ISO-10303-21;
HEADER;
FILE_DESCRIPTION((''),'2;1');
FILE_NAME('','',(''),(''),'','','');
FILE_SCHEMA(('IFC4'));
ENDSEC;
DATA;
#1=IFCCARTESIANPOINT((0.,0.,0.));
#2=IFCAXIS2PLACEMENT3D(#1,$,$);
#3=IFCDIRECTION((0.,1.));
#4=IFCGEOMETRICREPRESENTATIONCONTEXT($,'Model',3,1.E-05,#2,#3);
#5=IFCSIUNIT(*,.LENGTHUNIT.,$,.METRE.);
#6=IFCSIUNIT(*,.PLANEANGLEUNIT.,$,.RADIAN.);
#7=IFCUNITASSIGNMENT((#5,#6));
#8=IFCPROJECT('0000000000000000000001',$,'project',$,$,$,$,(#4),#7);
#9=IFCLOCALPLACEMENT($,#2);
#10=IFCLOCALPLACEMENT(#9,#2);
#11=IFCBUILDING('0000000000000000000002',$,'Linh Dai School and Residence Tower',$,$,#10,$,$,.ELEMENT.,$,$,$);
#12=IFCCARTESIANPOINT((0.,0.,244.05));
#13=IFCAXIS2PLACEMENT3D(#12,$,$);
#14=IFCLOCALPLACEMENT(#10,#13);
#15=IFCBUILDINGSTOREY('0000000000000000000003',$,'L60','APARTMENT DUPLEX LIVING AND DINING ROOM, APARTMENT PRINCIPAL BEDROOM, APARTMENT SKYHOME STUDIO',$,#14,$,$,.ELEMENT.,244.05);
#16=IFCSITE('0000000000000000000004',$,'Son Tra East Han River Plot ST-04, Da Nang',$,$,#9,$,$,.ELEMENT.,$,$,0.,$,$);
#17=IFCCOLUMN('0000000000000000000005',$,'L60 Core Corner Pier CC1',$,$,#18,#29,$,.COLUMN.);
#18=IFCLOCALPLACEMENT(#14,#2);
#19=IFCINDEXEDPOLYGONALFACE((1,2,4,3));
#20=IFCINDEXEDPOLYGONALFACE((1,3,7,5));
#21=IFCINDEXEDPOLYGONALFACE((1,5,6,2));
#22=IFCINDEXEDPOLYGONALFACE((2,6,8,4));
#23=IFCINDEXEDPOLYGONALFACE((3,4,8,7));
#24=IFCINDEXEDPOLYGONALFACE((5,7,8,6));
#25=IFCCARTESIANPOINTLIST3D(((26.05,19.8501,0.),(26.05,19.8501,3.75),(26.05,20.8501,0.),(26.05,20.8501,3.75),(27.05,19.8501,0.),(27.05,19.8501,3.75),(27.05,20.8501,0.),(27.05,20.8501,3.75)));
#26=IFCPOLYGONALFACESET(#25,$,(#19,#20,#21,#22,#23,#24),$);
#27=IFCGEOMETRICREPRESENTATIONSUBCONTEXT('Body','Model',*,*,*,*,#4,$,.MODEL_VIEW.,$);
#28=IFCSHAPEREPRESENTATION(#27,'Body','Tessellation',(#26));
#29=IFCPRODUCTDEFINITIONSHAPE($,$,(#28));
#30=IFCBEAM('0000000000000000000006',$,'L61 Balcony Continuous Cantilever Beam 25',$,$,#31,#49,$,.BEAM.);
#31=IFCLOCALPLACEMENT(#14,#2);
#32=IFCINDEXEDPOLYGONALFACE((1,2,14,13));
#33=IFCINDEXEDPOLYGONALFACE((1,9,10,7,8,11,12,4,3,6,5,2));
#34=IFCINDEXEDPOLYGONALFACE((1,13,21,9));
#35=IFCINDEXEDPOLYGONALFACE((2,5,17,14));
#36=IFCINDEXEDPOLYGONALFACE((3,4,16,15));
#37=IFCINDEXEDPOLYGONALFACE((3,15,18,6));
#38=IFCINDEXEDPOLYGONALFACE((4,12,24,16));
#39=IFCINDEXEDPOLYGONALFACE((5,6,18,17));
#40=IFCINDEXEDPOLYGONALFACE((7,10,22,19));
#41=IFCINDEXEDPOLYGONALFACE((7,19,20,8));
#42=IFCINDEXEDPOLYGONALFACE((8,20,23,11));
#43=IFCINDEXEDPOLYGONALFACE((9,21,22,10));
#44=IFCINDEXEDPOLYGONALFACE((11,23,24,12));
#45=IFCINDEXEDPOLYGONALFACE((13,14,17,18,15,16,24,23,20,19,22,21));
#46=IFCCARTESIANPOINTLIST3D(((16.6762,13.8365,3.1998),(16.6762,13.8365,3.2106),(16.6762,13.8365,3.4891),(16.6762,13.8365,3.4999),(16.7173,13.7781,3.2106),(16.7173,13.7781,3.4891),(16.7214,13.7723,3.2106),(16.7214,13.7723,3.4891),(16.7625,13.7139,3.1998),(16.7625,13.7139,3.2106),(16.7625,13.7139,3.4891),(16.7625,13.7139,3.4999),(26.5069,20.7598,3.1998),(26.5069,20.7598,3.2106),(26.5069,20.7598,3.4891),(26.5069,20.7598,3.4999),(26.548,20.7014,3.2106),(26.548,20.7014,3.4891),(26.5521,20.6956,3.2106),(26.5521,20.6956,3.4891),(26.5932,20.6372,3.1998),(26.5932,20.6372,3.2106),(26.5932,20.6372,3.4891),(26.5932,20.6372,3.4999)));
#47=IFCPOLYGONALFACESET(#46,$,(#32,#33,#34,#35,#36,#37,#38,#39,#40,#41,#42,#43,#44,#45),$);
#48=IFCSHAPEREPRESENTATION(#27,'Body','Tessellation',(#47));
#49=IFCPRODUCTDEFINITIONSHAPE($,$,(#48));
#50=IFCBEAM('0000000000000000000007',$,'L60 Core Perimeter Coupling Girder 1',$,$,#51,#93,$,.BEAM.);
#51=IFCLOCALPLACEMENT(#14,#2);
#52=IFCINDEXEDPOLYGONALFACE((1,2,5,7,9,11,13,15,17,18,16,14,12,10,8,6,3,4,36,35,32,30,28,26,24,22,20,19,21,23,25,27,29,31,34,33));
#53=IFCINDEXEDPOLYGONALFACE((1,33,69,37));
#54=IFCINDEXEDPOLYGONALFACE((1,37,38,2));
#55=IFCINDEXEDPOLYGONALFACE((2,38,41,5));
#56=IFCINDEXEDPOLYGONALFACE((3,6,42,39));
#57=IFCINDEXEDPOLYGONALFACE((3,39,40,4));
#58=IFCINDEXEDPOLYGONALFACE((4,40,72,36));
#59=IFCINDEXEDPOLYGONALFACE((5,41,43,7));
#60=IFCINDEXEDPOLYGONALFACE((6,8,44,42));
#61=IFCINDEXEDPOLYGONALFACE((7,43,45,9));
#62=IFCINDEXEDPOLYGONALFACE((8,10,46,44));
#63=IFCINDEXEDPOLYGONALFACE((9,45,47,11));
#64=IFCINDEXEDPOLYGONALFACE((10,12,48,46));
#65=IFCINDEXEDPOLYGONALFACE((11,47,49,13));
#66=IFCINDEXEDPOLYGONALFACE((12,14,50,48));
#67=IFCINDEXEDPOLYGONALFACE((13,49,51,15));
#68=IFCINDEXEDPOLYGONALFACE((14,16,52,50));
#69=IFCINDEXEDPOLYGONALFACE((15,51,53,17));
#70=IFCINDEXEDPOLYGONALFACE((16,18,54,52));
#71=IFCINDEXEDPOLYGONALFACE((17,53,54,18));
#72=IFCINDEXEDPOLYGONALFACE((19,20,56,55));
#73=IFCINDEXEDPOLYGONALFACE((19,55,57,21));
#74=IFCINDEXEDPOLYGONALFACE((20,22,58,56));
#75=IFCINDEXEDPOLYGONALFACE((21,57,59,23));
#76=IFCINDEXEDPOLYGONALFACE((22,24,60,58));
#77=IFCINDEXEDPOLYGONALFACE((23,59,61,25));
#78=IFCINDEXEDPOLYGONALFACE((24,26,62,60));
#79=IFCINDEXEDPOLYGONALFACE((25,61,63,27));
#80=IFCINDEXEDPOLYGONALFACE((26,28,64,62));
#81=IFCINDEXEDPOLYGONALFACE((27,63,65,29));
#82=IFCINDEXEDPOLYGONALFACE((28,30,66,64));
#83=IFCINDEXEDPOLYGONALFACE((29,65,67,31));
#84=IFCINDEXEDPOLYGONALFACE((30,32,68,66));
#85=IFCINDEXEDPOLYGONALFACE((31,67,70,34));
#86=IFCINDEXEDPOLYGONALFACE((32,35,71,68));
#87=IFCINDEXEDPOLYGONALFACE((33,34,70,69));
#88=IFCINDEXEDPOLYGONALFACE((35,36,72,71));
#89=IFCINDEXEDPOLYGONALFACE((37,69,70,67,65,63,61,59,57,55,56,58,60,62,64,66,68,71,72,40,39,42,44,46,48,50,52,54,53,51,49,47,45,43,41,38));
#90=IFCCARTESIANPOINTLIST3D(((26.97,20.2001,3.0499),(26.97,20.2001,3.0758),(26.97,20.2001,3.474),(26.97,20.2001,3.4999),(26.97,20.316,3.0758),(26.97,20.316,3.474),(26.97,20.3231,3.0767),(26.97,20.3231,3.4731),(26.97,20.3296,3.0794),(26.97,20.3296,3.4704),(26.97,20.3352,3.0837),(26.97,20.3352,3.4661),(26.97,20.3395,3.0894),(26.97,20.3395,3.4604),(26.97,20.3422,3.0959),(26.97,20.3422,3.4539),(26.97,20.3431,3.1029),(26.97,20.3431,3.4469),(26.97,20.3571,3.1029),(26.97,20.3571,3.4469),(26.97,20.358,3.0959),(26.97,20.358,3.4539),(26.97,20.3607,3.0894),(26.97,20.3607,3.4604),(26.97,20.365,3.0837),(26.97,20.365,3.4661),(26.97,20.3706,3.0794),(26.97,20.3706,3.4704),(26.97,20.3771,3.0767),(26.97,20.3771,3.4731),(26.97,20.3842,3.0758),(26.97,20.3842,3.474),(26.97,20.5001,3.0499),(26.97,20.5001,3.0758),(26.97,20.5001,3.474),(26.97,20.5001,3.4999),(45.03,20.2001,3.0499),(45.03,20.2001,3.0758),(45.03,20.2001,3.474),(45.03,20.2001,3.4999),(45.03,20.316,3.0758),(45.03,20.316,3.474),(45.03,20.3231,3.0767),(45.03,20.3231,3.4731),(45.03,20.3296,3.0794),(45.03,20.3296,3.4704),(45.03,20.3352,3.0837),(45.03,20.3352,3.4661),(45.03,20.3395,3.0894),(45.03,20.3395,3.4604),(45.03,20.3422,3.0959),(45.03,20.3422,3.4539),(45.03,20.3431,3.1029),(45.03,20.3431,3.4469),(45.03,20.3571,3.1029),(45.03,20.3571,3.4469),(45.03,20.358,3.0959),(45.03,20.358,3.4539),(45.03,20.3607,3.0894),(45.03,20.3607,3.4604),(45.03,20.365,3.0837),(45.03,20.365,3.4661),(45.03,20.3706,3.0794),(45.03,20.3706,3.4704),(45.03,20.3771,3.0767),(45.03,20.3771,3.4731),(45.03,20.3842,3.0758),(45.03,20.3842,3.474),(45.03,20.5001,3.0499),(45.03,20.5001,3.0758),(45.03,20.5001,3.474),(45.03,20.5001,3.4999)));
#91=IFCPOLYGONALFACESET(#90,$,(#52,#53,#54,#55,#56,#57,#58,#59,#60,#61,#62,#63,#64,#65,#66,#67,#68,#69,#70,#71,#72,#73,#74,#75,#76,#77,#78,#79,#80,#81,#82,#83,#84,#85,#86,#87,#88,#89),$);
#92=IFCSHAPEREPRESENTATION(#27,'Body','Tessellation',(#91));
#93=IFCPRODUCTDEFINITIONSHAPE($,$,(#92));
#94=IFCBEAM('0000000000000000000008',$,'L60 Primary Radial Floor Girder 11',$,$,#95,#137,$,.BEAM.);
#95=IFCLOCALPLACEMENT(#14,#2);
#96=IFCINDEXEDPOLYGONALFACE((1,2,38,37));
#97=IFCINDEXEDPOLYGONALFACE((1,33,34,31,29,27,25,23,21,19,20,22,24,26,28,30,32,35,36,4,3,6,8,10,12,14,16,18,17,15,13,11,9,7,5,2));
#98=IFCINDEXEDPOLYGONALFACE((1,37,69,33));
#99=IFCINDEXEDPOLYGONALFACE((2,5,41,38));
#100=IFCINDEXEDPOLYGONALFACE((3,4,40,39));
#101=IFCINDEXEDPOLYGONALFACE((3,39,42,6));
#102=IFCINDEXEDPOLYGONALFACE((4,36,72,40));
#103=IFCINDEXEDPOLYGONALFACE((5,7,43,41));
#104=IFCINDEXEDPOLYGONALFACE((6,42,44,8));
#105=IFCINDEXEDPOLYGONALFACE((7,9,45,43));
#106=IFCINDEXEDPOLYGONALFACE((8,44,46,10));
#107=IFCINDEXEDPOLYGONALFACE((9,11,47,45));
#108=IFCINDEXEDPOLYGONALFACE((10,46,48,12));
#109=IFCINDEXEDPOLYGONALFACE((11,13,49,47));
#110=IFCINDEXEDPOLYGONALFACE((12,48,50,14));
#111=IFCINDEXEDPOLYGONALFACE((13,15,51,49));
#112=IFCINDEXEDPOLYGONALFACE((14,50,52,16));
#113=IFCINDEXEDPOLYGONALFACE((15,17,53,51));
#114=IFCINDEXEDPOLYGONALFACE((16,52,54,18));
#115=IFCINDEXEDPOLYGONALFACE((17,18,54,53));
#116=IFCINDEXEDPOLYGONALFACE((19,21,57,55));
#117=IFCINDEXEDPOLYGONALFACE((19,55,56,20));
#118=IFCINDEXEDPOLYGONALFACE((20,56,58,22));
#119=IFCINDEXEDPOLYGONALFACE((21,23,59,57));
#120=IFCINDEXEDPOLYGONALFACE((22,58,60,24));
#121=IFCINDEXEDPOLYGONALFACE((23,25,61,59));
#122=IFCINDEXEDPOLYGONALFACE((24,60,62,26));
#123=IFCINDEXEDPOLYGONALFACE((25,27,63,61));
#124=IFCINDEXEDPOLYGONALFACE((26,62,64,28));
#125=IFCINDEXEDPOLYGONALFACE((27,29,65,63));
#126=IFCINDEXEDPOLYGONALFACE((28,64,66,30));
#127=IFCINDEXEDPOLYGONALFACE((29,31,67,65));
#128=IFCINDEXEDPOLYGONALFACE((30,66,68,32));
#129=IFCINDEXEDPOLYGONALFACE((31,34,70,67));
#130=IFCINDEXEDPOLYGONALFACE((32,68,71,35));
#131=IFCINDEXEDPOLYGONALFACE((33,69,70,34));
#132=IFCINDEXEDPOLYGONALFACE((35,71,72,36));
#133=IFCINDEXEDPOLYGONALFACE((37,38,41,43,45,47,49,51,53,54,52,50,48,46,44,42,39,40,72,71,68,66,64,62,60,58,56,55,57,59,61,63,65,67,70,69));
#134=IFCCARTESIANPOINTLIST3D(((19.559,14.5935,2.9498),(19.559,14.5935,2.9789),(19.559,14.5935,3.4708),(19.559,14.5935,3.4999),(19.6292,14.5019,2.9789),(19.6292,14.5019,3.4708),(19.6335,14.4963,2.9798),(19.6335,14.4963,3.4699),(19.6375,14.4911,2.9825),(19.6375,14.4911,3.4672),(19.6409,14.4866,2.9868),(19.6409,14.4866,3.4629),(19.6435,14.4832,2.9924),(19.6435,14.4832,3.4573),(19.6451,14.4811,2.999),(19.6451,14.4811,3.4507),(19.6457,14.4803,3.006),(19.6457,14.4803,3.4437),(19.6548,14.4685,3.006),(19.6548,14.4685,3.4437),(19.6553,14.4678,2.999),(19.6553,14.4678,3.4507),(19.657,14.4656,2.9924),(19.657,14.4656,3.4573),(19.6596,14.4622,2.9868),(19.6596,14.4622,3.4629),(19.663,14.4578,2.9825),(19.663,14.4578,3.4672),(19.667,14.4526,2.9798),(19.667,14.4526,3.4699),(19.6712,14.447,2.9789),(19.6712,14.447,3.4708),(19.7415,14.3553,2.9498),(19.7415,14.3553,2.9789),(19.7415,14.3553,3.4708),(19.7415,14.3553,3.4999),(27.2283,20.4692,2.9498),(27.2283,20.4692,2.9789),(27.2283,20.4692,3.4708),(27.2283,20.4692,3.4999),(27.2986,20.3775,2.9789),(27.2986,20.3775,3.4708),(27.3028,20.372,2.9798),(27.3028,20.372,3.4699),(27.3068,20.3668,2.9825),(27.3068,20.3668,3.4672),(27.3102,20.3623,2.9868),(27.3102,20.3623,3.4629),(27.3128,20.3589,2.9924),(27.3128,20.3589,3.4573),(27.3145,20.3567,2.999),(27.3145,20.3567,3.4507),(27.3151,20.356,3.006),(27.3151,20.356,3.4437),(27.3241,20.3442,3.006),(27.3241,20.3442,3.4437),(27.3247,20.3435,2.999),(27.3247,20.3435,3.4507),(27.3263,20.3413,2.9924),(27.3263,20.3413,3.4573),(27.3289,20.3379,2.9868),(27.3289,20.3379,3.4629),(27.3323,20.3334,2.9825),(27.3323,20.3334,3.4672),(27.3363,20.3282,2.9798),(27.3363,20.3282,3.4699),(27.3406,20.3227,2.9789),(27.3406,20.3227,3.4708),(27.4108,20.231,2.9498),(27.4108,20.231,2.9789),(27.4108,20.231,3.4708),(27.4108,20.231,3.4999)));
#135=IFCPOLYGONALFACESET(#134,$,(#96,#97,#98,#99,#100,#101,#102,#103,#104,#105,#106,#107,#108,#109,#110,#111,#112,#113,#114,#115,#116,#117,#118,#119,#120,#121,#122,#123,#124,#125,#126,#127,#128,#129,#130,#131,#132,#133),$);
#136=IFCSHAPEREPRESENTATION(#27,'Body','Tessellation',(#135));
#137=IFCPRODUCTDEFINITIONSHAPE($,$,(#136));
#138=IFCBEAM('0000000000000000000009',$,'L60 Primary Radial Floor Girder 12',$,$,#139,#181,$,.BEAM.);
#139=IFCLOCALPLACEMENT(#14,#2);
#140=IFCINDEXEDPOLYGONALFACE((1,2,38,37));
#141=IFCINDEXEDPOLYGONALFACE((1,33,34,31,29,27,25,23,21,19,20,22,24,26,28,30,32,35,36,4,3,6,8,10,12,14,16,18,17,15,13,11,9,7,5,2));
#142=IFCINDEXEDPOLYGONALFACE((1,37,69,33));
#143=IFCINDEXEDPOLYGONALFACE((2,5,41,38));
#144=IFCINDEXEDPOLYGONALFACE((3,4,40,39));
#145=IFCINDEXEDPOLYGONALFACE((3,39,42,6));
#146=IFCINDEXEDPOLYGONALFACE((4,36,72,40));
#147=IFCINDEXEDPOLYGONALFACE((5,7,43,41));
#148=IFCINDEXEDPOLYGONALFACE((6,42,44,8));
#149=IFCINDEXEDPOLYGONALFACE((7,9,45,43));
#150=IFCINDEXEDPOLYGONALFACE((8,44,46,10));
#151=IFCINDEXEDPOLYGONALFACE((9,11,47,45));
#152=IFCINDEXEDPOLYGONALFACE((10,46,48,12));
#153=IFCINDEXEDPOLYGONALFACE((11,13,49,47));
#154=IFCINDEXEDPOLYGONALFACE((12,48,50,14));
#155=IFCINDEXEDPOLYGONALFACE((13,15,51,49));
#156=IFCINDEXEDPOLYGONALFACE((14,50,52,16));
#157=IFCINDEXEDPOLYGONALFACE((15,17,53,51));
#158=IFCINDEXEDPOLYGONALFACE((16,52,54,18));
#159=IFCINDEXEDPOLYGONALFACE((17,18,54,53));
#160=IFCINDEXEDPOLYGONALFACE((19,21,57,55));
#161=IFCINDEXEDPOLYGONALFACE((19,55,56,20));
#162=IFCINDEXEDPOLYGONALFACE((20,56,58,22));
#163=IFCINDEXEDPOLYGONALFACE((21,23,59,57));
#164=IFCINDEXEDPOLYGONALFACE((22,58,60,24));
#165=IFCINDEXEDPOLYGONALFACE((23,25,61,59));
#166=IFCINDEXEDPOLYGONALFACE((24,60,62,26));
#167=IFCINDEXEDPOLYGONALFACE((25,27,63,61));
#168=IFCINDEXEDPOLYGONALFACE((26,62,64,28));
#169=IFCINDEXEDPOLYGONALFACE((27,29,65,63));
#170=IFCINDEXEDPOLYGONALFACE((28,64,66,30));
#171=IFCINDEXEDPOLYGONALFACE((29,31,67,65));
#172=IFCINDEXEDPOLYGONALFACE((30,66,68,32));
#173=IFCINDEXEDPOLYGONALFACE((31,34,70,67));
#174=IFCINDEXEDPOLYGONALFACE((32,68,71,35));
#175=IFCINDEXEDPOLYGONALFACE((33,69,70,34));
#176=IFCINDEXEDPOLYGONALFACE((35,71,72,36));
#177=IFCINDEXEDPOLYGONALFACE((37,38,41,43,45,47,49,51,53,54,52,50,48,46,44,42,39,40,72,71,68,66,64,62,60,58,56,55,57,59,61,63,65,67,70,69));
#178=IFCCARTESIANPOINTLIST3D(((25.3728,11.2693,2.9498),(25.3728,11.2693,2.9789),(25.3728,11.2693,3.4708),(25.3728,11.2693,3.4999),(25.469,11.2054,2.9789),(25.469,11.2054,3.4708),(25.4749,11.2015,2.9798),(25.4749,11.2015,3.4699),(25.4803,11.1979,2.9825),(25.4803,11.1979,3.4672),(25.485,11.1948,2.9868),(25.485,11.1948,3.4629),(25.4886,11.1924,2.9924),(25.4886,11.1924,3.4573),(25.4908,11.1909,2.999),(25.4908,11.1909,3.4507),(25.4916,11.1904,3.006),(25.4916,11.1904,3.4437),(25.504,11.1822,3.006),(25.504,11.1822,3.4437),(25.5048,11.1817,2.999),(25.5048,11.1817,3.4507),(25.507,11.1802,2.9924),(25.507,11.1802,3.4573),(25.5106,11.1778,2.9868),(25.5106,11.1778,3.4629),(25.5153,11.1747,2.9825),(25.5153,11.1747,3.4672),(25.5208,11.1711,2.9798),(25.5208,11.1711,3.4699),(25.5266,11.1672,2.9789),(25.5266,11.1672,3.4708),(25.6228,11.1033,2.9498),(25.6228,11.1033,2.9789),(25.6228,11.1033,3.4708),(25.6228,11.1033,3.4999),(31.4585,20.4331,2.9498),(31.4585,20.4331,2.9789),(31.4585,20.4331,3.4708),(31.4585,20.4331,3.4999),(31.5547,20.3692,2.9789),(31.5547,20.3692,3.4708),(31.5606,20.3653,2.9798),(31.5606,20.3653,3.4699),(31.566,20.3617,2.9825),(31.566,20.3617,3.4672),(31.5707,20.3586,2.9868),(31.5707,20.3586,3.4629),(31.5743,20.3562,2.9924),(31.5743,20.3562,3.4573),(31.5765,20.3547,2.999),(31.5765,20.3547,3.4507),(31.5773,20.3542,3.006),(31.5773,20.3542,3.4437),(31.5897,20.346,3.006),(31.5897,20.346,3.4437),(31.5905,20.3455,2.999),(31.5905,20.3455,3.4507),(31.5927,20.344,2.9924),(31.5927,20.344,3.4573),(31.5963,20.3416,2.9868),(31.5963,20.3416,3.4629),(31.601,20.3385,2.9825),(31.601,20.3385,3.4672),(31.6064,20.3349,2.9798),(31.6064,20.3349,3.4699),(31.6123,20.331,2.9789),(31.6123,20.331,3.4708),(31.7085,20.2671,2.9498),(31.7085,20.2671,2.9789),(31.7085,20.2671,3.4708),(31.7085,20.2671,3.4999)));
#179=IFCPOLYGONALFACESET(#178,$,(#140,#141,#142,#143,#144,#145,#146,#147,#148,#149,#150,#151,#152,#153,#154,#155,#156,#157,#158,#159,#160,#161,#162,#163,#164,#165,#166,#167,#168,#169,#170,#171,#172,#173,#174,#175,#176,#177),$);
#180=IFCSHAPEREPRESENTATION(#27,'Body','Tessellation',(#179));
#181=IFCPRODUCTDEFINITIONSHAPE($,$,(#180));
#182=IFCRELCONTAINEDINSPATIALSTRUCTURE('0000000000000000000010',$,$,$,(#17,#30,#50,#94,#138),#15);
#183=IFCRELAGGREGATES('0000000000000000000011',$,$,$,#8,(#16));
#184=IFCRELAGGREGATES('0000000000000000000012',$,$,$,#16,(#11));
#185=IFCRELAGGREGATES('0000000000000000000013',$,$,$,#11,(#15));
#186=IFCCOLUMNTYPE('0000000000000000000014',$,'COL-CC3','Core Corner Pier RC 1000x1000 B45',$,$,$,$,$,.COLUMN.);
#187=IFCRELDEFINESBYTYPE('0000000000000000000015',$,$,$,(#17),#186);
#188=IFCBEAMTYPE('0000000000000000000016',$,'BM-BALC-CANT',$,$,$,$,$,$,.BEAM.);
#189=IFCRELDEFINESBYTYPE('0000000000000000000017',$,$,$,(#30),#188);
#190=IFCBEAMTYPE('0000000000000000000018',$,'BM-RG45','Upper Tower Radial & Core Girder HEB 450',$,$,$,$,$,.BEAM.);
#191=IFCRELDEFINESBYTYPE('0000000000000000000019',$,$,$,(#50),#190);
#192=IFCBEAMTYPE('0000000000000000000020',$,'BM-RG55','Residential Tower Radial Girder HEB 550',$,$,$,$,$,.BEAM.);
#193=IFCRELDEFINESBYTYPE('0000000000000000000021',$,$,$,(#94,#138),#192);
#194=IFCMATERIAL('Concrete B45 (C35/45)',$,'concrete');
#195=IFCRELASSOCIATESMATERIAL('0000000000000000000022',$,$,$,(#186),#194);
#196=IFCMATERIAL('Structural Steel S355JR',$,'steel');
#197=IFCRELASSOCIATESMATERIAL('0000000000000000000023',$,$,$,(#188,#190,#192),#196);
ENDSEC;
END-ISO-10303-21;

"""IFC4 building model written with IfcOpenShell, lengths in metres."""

from ifc_helpers import new_model, si_unit, direction, frame, origin, origin_2d, place, context, subcontext, project, spatial, rectangle, i_section, extrude, material, material_profile, profile_set, type_object, element, save


model = new_model("IFC4")

# Units and contexts
model_context = context("Model", 3, precision=1e-05, world=origin(), true_north=direction((0.0, 1.0)))
body_context = subcontext(model_context, "Body", "Model", "MODEL_VIEW")
ifc_project = project(units=[si_unit("LENGTHUNIT", "METRE"), si_unit("PLANEANGLEUNIT", "RADIAN")], contexts=[model_context])

# Site, building, storey
site_placement = place(None, origin())
site = spatial("IfcSite", under=ifc_project, at=site_placement, Name="Son Tra East Han River Plot ST-04, Da Nang", CompositionType="ELEMENT", RefElevation=0.0)
building_placement = place(site_placement, origin())
building = spatial("IfcBuilding", under=site, at=building_placement, Name="Linh Dai School and Residence Tower", CompositionType="ELEMENT")
storey_placement = place(building_placement, frame((0.0, 0.0, 244.05)))
storey = spatial("IfcBuildingStorey", under=building, at=storey_placement, Name="L60", Description="APARTMENT DUPLEX LIVING AND DINING ROOM, APARTMENT PRINCIPAL BEDROOM, APARTMENT SKYHOME STUDIO", CompositionType="ELEMENT", Elevation=244.05)

# Column
ifc_material_1 = material(Name="Concrete B45 (C35/45)", Category="concrete")
ifc_material_profile_1 = material_profile(ifc_material_1, rectangle(XDim=1.0, YDim=1.0, at=origin_2d()), Name="RC 1000x1000")
ifc_profile_set_1 = profile_set([ifc_material_profile_1], Name="Concrete B45 (C35/45)")
column_type = type_object("IfcColumnType", Name="COL-CC3", Description="Core Corner Pier RC 1000x1000 B45", PredefinedType="COLUMN", material=ifc_profile_set_1)
column_placement = place(storey_placement, frame((26.55, 20.3501, 0.0), z_axis=(0.0, 0.0, 1.0), x_axis=(1.0, 0.0, 0.0)))
element("IfcColumn", 1, at=column_placement, inside=storey, type_object=column_type, Name="L60 Core Corner Pier CC1", PredefinedType="COLUMN", context=body_context, shape_type="SweptSolid", body=[
    extrude(rectangle(XDim=1.0, YDim=1.0, at=origin_2d()), origin(), (0.0, 0.0, 1.0), 3.75),
])

# Beams
ifc_material_2 = material(Name="Structural Steel S355JR", Category="steel")
ifc_material_profile_2 = material_profile(ifc_material_2, i_section(OverallWidth=0.1499, OverallDepth=0.3, WebThickness=0.0071, FlangeThickness=0.0107, at=origin_2d()), Name="IPE 300")
ifc_profile_set_2 = profile_set([ifc_material_profile_2], Name="Structural Steel S355JR")
beam_type_1 = type_object("IfcBeamType", Name="BM-BALC-CANT", PredefinedType="BEAM", material=ifc_profile_set_2)
beam_1_placement = place(storey_placement, frame((26.55, 20.6985, 3.3499), z_axis=(-0.817596, -0.575792, 0.0), x_axis=(0.575792, -0.817596, 0.0)))
element("IfcBeam", 2, at=beam_1_placement, inside=storey, type_object=beam_type_1, Name="L61 Balcony Continuous Cantilever Beam 25", PredefinedType="BEAM", context=body_context, shape_type="SweptSolid", body=[
    extrude(i_section(OverallWidth=0.1499, OverallDepth=0.3, WebThickness=0.0071, FlangeThickness=0.0107, at=origin_2d()), origin(), (0.0, 0.0, 1.0), 12.0239),
])
ifc_material_profile_3 = material_profile(ifc_material_2, i_section(OverallWidth=0.3, OverallDepth=0.45, WebThickness=0.0139, FlangeThickness=0.0259, FilletRadius=0.0271, at=origin_2d()), Name="HEB 450")
ifc_profile_set_3 = profile_set([ifc_material_profile_3], Name="Structural Steel S355JR")
beam_type_2 = type_object("IfcBeamType", Name="BM-RG45", Description="Upper Tower Radial & Core Girder HEB 450", PredefinedType="BEAM", material=ifc_profile_set_3)
beam_2_placement = place(storey_placement, frame((26.97, 20.3501, 3.2749), z_axis=(1.0, 0.0, 0.0), x_axis=(0.0, 1.0, 0.0)))
element("IfcBeam", 3, at=beam_2_placement, inside=storey, type_object=beam_type_2, Name="L60 Core Perimeter Coupling Girder 1", PredefinedType="BEAM", context=body_context, shape_type="SweptSolid", body=[
    extrude(i_section(OverallWidth=0.3, OverallDepth=0.45, WebThickness=0.0139, FlangeThickness=0.0259, FilletRadius=0.0271, at=origin_2d()), origin(), (0.0, 0.0, 1.0), 18.0601),
])
ifc_material_profile_4 = material_profile(ifc_material_2, i_section(OverallWidth=0.3, OverallDepth=0.55, WebThickness=0.0149, FlangeThickness=0.0291, FilletRadius=0.0271, at=origin_2d()), Name="HEB 550")
ifc_profile_set_4 = profile_set([ifc_material_profile_4], Name="Structural Steel S355JR")
beam_type_3 = type_object("IfcBeamType", Name="BM-RG55", Description="Residential Tower Radial Girder HEB 550", PredefinedType="BEAM", material=ifc_profile_set_4)
beam_3_placement = place(storey_placement, frame((27.3196, 20.3501, 3.2249), z_axis=(-0.793815, -0.60816, 0.0), x_axis=(0.60816, -0.793815, 0.0)))
element("IfcBeam", 4, at=beam_3_placement, inside=storey, type_object=beam_type_3, Name="L60 Primary Radial Floor Girder 11", PredefinedType="BEAM", context=body_context, shape_type="SweptSolid", body=[
    extrude(i_section(OverallWidth=0.3, OverallDepth=0.55, WebThickness=0.0149, FlangeThickness=0.0291, FilletRadius=0.0271, at=origin_2d()), origin(), (0.0, 0.0, 1.0), 9.6614),
])
beam_4_placement = place(storey_placement, frame((31.5835, 20.3501, 3.2249), z_axis=(-0.553219, -0.833036, 0.0), x_axis=(0.833036, -0.553219, 0.0)))
element("IfcBeam", 5, at=beam_4_placement, inside=storey, type_object=beam_type_3, Name="L60 Primary Radial Floor Girder 12", PredefinedType="BEAM", context=body_context, shape_type="SweptSolid", body=[
    extrude(i_section(OverallWidth=0.3, OverallDepth=0.55, WebThickness=0.0149, FlangeThickness=0.0291, FilletRadius=0.0271, at=origin_2d()), origin(), (0.0, 0.0, 1.0), 11.0005),
])

save(model, "model.ifc")
